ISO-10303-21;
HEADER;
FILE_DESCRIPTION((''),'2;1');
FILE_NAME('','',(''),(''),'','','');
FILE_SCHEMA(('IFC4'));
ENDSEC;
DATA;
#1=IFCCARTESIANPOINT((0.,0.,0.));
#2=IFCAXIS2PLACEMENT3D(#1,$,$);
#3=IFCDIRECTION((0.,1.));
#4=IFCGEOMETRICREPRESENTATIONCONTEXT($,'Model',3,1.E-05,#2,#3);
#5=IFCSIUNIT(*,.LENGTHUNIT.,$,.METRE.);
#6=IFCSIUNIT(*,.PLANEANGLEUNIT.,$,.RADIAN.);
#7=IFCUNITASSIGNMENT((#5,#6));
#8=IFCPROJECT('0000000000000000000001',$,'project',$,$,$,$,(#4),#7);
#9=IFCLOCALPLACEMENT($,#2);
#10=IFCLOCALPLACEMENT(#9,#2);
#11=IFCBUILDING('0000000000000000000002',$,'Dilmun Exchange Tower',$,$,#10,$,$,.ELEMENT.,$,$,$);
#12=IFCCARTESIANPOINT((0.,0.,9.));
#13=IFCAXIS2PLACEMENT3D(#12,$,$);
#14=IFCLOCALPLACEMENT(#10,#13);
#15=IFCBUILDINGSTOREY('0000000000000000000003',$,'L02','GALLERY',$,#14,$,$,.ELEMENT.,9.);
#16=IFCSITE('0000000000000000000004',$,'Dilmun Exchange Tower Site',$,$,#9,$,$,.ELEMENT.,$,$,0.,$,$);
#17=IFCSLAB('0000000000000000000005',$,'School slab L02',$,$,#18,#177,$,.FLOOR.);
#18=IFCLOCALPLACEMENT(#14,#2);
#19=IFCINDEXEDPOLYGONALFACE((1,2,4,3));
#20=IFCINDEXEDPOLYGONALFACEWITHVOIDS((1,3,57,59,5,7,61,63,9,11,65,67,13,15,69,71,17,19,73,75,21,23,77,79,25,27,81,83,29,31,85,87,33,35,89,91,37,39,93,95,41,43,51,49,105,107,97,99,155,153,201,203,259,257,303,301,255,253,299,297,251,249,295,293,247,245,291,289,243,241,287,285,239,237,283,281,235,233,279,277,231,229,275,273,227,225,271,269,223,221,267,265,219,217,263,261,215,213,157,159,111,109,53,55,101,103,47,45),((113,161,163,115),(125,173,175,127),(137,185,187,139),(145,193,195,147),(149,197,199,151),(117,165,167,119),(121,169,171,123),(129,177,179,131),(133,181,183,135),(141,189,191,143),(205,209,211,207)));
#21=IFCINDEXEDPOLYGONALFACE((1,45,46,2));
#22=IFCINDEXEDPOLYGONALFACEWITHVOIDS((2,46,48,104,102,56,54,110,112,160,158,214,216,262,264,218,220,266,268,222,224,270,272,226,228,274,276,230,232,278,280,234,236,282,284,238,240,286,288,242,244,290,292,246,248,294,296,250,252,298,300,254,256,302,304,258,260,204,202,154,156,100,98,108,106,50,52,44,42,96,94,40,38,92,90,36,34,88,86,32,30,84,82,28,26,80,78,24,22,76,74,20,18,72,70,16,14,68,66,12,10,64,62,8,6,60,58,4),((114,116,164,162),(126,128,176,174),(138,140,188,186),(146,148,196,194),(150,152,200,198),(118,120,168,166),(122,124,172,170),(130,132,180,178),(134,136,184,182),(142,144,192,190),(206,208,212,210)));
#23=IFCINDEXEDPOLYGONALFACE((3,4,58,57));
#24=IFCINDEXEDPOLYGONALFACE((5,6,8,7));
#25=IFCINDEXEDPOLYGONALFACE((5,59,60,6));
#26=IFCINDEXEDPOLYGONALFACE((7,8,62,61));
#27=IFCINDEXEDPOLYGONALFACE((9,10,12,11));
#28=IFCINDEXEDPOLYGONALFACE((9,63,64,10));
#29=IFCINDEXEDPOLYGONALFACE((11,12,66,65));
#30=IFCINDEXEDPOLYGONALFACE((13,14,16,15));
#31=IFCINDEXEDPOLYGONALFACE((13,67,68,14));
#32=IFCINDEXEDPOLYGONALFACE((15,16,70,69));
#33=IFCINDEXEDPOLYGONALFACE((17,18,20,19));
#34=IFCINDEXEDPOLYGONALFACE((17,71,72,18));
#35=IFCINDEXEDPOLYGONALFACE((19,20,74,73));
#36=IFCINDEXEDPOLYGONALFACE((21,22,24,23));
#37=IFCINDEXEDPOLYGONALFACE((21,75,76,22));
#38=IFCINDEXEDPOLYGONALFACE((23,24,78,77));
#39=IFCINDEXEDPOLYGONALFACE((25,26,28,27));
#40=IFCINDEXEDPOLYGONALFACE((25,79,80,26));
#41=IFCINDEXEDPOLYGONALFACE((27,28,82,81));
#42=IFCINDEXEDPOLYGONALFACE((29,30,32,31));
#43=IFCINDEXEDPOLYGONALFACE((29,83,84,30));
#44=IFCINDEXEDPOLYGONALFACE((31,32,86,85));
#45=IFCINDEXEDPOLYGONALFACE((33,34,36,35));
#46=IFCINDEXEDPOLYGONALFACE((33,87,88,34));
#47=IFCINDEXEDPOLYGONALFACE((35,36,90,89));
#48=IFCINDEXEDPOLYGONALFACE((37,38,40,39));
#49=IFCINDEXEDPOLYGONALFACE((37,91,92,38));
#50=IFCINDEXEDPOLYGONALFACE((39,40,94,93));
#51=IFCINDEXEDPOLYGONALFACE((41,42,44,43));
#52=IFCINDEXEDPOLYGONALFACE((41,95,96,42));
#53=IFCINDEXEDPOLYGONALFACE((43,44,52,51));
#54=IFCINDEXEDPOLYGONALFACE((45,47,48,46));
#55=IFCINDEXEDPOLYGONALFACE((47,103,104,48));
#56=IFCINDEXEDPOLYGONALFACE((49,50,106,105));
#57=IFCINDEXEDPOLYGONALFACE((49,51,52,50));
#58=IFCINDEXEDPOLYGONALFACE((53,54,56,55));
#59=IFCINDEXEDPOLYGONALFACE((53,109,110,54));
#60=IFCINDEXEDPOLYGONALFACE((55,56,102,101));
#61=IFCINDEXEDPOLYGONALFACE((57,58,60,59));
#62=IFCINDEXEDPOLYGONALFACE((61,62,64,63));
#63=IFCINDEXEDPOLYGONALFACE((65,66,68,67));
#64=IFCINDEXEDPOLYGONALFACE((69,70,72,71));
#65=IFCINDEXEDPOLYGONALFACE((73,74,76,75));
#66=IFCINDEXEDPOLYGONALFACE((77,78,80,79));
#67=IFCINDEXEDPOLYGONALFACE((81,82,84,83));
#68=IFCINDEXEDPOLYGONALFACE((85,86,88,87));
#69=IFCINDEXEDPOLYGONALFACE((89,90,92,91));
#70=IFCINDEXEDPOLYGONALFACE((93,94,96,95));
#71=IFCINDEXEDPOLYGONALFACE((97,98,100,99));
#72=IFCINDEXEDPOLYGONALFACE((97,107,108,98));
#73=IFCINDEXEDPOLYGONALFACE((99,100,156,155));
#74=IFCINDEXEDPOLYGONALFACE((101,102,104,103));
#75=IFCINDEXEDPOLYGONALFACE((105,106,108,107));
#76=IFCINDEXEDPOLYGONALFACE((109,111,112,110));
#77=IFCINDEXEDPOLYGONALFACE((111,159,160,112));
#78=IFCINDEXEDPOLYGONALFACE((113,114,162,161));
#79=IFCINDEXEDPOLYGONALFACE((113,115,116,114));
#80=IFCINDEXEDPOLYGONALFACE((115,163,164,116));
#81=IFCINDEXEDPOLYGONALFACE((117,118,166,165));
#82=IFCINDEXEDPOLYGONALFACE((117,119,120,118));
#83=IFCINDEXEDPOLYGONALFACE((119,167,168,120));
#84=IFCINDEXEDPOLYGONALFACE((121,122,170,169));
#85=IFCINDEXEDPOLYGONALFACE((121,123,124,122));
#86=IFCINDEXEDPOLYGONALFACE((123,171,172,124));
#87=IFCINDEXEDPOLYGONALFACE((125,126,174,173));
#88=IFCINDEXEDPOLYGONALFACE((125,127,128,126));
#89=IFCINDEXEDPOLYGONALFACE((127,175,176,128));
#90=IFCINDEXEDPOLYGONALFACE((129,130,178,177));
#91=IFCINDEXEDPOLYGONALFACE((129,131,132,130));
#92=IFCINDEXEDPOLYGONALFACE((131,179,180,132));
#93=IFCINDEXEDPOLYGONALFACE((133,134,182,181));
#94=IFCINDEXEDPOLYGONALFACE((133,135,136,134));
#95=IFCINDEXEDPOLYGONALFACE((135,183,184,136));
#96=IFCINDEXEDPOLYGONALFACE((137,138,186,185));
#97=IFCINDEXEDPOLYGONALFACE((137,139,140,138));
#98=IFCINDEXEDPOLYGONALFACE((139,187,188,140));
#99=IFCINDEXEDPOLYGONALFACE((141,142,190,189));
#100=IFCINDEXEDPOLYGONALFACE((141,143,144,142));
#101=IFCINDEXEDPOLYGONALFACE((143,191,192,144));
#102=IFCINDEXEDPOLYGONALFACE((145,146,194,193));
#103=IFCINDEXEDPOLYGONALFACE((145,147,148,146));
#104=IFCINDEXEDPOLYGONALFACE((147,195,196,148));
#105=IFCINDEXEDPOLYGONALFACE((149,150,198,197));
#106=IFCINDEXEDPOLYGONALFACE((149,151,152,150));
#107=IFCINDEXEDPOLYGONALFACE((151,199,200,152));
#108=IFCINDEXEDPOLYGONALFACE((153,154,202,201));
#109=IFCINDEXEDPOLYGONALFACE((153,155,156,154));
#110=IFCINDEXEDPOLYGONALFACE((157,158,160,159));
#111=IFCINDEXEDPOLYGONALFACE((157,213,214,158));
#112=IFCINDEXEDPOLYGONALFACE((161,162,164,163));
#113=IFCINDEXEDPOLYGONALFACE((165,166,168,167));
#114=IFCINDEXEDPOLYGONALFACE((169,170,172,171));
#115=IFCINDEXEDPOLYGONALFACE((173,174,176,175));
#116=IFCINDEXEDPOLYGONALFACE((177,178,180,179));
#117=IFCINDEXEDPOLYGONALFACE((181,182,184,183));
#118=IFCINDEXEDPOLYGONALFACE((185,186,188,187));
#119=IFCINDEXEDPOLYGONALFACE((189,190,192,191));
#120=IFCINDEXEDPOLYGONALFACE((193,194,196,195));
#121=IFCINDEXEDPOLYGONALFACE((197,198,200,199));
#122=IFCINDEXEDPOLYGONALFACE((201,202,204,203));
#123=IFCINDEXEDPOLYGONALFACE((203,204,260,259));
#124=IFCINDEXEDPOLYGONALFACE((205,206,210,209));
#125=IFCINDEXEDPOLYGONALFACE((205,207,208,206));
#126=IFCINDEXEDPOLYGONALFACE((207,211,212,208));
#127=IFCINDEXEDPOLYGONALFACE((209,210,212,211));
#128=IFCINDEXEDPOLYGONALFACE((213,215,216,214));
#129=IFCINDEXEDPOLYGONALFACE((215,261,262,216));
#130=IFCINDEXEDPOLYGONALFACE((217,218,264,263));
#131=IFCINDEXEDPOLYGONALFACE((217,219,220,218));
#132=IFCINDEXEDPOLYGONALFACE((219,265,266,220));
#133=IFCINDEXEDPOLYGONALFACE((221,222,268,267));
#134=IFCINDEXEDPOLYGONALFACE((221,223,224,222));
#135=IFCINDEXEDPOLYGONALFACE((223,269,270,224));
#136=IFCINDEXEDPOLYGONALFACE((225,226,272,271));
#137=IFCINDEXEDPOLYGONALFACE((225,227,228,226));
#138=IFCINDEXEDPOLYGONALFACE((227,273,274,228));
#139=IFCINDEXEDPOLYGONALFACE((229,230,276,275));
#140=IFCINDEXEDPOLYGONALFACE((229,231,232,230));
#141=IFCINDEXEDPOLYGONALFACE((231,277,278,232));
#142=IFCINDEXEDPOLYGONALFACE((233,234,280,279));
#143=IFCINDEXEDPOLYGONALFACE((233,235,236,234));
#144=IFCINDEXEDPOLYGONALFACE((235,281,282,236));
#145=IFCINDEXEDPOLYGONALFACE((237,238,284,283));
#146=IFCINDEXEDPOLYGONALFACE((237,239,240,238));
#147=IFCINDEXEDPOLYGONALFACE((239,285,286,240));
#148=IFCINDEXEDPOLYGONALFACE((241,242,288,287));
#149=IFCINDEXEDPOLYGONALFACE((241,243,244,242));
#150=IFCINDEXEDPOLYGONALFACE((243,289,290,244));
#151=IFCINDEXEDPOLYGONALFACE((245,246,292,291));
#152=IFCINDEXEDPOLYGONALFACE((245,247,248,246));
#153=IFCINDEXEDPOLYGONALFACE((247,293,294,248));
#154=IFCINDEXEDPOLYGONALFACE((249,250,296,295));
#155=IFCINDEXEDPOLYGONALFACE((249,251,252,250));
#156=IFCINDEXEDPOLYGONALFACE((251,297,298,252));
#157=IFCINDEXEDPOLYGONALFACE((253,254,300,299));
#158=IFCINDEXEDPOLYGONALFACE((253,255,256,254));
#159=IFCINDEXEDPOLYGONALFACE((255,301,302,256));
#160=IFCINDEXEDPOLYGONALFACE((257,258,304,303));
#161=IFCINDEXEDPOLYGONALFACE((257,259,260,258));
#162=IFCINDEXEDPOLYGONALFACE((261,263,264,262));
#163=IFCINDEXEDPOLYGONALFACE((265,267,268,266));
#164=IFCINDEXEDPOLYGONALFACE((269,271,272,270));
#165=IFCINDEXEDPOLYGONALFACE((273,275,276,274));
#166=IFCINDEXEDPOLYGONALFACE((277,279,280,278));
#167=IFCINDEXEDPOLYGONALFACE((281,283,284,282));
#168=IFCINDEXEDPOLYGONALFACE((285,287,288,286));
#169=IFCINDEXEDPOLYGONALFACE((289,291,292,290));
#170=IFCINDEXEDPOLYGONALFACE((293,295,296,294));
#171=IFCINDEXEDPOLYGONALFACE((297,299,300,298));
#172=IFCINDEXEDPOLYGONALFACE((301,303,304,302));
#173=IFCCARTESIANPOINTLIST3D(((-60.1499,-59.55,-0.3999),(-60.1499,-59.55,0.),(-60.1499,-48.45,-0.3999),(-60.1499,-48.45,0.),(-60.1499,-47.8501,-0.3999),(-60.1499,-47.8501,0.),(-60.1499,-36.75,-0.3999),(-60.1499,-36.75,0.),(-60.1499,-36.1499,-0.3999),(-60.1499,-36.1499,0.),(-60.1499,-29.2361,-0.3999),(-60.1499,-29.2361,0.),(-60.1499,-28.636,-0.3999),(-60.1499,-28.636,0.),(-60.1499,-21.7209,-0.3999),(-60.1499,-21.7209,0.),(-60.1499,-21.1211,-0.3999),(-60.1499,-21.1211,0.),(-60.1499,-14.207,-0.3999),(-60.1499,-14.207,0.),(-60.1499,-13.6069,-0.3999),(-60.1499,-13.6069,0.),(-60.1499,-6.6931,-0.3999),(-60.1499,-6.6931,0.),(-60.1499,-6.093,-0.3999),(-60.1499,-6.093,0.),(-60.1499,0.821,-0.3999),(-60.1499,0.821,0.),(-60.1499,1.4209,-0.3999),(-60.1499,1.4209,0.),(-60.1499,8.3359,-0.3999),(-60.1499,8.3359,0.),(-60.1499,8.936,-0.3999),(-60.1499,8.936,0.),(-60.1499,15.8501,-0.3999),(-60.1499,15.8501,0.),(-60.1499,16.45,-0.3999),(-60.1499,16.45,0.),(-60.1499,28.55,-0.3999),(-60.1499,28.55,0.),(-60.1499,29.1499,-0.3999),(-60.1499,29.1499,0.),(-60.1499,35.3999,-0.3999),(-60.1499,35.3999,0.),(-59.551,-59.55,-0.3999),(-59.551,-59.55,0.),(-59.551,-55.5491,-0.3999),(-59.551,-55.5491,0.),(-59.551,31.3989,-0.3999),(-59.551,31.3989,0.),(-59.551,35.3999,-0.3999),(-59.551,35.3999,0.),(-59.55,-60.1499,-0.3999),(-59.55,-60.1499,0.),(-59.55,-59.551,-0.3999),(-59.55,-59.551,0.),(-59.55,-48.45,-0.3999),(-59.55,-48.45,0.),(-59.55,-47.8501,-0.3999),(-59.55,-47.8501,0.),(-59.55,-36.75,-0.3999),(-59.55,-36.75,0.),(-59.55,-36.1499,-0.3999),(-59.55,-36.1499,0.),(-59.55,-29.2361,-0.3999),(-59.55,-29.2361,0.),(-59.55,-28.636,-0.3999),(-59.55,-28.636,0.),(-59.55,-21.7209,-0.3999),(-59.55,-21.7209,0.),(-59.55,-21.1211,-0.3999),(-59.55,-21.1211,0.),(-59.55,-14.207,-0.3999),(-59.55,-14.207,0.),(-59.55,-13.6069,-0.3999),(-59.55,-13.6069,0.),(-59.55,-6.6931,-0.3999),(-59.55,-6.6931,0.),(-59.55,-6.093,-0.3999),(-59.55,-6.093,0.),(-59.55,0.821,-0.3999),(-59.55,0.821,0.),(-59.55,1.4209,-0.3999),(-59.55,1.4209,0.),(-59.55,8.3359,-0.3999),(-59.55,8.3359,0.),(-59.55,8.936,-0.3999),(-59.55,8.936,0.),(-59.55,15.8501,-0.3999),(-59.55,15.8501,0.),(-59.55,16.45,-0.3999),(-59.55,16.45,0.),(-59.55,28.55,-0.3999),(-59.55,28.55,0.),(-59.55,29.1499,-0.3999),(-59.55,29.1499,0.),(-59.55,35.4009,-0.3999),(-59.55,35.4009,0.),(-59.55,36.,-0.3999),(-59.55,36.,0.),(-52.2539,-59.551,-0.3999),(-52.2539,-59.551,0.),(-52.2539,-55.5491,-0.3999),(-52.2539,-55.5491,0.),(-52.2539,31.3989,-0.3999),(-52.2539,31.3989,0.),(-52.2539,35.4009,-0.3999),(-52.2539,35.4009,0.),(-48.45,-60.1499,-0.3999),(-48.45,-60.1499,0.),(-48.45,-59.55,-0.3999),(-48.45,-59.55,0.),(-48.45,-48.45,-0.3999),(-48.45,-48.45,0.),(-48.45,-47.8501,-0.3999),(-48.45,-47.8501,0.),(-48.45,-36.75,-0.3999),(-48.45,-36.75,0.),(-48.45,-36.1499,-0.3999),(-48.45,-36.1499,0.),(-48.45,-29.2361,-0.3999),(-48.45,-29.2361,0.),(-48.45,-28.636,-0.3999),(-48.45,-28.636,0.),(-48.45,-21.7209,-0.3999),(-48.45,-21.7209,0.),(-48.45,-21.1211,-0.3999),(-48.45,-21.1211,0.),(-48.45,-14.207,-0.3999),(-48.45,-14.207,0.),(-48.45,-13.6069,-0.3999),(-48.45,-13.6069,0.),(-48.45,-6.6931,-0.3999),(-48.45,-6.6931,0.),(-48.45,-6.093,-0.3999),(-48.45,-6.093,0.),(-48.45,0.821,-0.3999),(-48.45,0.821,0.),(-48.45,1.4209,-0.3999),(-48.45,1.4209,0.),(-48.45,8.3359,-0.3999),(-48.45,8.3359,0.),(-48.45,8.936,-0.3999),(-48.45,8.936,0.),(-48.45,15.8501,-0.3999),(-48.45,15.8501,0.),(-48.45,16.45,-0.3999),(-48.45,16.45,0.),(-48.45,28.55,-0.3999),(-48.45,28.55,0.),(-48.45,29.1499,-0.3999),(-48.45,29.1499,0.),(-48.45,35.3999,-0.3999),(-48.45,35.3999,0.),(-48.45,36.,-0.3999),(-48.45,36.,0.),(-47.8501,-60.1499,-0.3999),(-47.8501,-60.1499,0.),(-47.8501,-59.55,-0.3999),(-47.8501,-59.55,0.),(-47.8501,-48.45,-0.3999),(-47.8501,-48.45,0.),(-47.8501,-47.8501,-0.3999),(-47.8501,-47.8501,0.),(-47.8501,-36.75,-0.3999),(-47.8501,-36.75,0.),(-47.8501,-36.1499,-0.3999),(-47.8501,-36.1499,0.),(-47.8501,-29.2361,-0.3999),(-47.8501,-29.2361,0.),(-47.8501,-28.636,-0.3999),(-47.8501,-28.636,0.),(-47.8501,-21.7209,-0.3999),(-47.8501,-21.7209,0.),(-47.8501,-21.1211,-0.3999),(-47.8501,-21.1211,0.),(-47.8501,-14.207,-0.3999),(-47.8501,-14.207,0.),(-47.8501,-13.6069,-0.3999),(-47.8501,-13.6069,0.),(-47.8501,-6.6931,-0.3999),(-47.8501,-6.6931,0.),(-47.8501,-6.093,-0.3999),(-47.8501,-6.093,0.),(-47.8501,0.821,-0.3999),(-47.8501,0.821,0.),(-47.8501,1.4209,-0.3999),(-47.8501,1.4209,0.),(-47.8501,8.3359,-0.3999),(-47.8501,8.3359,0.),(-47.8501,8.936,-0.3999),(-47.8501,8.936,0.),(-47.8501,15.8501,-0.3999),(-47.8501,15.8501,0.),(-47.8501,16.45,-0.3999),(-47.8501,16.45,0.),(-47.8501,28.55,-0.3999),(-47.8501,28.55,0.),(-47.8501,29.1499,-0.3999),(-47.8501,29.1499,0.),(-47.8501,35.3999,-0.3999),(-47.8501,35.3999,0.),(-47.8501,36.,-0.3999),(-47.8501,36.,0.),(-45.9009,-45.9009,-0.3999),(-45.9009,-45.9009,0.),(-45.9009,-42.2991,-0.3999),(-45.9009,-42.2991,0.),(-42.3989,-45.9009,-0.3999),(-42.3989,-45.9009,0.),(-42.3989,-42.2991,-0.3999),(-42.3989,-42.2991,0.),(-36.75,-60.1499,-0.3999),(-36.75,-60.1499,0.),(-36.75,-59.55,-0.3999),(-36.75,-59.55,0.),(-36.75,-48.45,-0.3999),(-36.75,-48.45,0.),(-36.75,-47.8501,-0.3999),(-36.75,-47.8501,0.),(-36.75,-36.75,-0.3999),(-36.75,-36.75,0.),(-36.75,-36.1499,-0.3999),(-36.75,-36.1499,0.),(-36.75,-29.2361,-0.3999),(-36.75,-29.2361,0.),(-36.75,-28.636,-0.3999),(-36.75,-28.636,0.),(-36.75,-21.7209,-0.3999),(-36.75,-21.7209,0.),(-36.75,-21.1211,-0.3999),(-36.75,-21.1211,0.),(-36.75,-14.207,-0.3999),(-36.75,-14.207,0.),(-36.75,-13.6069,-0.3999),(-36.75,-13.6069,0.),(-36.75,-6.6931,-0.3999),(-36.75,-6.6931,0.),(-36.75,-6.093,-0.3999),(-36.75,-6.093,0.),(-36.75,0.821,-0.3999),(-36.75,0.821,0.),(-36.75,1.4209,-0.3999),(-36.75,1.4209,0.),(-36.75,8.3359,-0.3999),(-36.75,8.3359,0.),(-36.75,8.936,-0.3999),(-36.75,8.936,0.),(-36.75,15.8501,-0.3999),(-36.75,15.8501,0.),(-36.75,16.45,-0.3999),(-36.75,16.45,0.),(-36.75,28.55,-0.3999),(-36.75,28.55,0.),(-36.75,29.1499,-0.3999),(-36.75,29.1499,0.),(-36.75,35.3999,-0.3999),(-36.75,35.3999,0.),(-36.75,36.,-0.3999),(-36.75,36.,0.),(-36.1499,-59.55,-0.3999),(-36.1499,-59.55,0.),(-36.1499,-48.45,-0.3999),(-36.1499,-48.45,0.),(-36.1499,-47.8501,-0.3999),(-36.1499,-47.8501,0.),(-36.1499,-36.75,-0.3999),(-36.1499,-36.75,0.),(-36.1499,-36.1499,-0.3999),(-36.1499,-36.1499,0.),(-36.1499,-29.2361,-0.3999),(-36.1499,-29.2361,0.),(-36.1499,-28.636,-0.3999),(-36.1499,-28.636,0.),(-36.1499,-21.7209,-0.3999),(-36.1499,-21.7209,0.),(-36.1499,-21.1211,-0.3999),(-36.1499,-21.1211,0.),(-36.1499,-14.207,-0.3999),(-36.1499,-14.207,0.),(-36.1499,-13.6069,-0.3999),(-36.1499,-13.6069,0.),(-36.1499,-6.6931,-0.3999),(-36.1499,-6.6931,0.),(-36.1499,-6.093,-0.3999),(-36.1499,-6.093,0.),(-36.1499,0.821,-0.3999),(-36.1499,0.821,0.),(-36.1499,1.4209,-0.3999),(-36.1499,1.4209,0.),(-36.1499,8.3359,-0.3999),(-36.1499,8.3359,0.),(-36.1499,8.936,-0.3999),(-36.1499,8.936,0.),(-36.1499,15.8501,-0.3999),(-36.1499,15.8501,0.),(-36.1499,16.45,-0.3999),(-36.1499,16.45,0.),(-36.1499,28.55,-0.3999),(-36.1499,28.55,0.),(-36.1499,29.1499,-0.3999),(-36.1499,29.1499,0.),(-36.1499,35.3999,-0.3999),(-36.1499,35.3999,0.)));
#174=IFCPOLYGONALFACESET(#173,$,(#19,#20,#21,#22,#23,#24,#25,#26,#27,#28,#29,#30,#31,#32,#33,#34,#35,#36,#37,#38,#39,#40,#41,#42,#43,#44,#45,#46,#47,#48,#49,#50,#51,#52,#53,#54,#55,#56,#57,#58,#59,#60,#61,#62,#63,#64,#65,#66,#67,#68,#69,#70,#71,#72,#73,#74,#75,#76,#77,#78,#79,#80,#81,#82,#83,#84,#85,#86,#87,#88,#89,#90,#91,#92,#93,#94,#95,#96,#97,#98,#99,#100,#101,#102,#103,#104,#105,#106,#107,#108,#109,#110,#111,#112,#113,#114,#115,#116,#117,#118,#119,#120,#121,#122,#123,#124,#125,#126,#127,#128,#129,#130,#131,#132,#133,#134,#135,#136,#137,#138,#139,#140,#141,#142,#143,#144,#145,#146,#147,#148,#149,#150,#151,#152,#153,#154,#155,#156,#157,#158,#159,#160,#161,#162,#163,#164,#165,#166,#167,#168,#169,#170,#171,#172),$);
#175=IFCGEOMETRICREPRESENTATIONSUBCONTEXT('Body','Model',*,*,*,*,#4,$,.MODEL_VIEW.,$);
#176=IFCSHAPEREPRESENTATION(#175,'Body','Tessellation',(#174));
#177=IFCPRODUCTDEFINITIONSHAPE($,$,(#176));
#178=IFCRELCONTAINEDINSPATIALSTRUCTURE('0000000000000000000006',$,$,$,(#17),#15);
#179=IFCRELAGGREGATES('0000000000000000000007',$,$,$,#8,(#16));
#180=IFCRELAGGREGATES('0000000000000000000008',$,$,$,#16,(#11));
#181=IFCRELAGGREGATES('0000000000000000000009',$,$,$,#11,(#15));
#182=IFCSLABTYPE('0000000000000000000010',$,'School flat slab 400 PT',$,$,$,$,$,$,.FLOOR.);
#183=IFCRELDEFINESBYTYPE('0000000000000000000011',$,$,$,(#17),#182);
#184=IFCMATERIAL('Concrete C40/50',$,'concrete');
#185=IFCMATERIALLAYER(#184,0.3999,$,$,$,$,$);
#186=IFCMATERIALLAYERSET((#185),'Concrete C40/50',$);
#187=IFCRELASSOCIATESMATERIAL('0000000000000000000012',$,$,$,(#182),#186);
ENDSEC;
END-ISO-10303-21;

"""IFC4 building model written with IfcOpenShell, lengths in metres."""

from ifc_helpers import new_model, si_unit, direction, frame, origin, place, context, subcontext, project, spatial, polyline, outline, extrude, material, layer, layer_set, type_object, element, save


model = new_model("IFC4")

# Units and contexts
model_context = context("Model", 3, precision=1e-05, world=origin(), true_north=direction((0.0, 1.0)))
body_context = subcontext(model_context, "Body", "Model", "MODEL_VIEW")
ifc_project = project(units=[si_unit("LENGTHUNIT", "METRE"), si_unit("PLANEANGLEUNIT", "RADIAN")], contexts=[model_context])

# Site, building, storey
site_placement = place(None, origin())
site = spatial("IfcSite", under=ifc_project, at=site_placement, Name="Dilmun Exchange Tower Site", CompositionType="ELEMENT", RefElevation=0.0)
building_placement = place(site_placement, origin())
building = spatial("IfcBuilding", under=site, at=building_placement, Name="Dilmun Exchange Tower", CompositionType="ELEMENT")
storey_placement = place(building_placement, frame((0.0, 0.0, 9.0)))
storey = spatial("IfcBuildingStorey", under=building, at=storey_placement, Name="L02", Description="GALLERY", CompositionType="ELEMENT", Elevation=9.0)

# Slab
ifc_material_1 = material(Name="Concrete C40/50", Category="concrete")
ifc_layer_1 = layer(ifc_material_1, 0.3999)
ifc_layer_set_1 = layer_set([ifc_layer_1], Name="Concrete C40/50")
slab_type_1 = type_object("IfcSlabType", Name="School flat slab 400 PT", PredefinedType="FLOOR", material=ifc_layer_set_1)
slab_1_placement = place(storey_placement, frame((0.0, 0.0, -0.3999)))
element("IfcSlab", 1, at=slab_1_placement, inside=storey, type_object=slab_type_1, Name="School slab L02", PredefinedType="FLOOR", context=body_context, shape_type="SweptSolid", body=[
    extrude(outline(polyline([(-36.75, -60.1499), (-47.8501, -60.1499), (-47.8501, -59.55), (-48.45, -59.55), (-48.45, -60.1499), (-59.55, -60.1499), (-59.55, -59.551), (-52.2539, -59.551), (-52.2539, -55.5491), (-59.551, -55.5491), (-59.551, -59.55), (-60.1499, -59.55), (-60.1499, -48.45), (-59.55, -48.45), (-59.55, -47.8501), (-60.1499, -47.8501), (-60.1499, -36.75), (-59.55, -36.75), (-59.55, -36.1499), (-60.1499, -36.1499), (-60.1499, -29.2361), (-59.55, -29.2361), (-59.55, -28.636), (-60.1499, -28.636), (-60.1499, -21.7209), (-59.55, -21.7209), (-59.55, -21.1211), (-60.1499, -21.1211), (-60.1499, -14.207), (-59.55, -14.207), (-59.55, -13.6069), (-60.1499, -13.6069), (-60.1499, -6.6931), (-59.55, -6.6931), (-59.55, -6.093), (-60.1499, -6.093), (-60.1499, 0.821), (-59.55, 0.821), (-59.55, 1.4209), (-60.1499, 1.4209), (-60.1499, 8.3359), (-59.55, 8.3359), (-59.55, 8.936), (-60.1499, 8.936), (-60.1499, 15.8501), (-59.55, 15.8501), (-59.55, 16.45), (-60.1499, 16.45), (-60.1499, 28.55), (-59.55, 28.55), (-59.55, 29.1499), (-60.1499, 29.1499), (-60.1499, 35.3999), (-59.551, 35.3999), (-59.551, 31.3989), (-52.2539, 31.3989), (-52.2539, 35.4009), (-59.55, 35.4009), (-59.55, 36.0), (-48.45, 36.0), (-48.45, 35.3999), (-47.8501, 35.3999), (-47.8501, 36.0), (-36.75, 36.0), (-36.75, 35.3999), (-36.1499, 35.3999), (-36.1499, 29.1499), (-36.75, 29.1499), (-36.75, 28.55), (-36.1499, 28.55), (-36.1499, 16.45), (-36.75, 16.45), (-36.75, 15.8501), (-36.1499, 15.8501), (-36.1499, 8.936), (-36.75, 8.936), (-36.75, 8.3359), (-36.1499, 8.3359), (-36.1499, 1.4209), (-36.75, 1.4209), (-36.75, 0.821), (-36.1499, 0.821), (-36.1499, -6.093), (-36.75, -6.093), (-36.75, -6.6931), (-36.1499, -6.6931), (-36.1499, -13.6069), (-36.75, -13.6069), (-36.75, -14.207), (-36.1499, -14.207), (-36.1499, -21.1211), (-36.75, -21.1211), (-36.75, -21.7209), (-36.1499, -21.7209), (-36.1499, -28.636), (-36.75, -28.636), (-36.75, -29.2361), (-36.1499, -29.2361), (-36.1499, -36.1499), (-36.75, -36.1499), (-36.75, -36.75), (-36.1499, -36.75), (-36.1499, -47.8501), (-36.75, -47.8501), (-36.75, -48.45), (-36.1499, -48.45), (-36.1499, -59.55), (-36.75, -59.55), (-36.75, -60.1499)]), holes=[polyline([(-48.45, -29.2361), (-47.8501, -29.2361), (-47.8501, -28.636), (-48.45, -28.636), (-48.45, -29.2361)]), polyline([(-48.45, 8.936), (-48.45, 8.3359), (-47.8501, 8.3359), (-47.8501, 8.936), (-48.45, 8.936)]), polyline([(-48.45, 15.8501), (-47.8501, 15.8501), (-47.8501, 16.45), (-48.45, 16.45), (-48.45, 15.8501)]), polyline([(-48.45, 29.1499), (-48.45, 28.55), (-47.8501, 28.55), (-47.8501, 29.1499), (-48.45, 29.1499)]), polyline([(-48.45, -48.45), (-47.8501, -48.45), (-47.8501, -47.8501), (-48.45, -47.8501), (-48.45, -48.45)]), polyline([(-48.45, -36.1499), (-48.45, -36.75), (-47.8501, -36.75), (-47.8501, -36.1499), (-48.45, -36.1499)]), polyline([(-48.45, -21.1211), (-48.45, -21.7209), (-47.8501, -21.7209), (-47.8501, -21.1211), (-48.45, -21.1211)]), polyline([(-48.45, -14.207), (-47.8501, -14.207), (-47.8501, -13.6069), (-48.45, -13.6069), (-48.45, -14.207)]), polyline([(-48.45, -6.093), (-48.45, -6.6931), (-47.8501, -6.6931), (-47.8501, -6.093), (-48.45, -6.093)]), polyline([(-48.45, 1.4209), (-48.45, 0.821), (-47.8501, 0.821), (-47.8501, 1.4209), (-48.45, 1.4209)]), polyline([(-42.3989, -42.2991), (-45.9009, -42.2991), (-45.9009, -45.9009), (-42.3989, -45.9009), (-42.3989, -42.2991)])]), origin(), (0.0, 0.0, 1.0), 0.3999),
])

save(model, "model.ifc")
